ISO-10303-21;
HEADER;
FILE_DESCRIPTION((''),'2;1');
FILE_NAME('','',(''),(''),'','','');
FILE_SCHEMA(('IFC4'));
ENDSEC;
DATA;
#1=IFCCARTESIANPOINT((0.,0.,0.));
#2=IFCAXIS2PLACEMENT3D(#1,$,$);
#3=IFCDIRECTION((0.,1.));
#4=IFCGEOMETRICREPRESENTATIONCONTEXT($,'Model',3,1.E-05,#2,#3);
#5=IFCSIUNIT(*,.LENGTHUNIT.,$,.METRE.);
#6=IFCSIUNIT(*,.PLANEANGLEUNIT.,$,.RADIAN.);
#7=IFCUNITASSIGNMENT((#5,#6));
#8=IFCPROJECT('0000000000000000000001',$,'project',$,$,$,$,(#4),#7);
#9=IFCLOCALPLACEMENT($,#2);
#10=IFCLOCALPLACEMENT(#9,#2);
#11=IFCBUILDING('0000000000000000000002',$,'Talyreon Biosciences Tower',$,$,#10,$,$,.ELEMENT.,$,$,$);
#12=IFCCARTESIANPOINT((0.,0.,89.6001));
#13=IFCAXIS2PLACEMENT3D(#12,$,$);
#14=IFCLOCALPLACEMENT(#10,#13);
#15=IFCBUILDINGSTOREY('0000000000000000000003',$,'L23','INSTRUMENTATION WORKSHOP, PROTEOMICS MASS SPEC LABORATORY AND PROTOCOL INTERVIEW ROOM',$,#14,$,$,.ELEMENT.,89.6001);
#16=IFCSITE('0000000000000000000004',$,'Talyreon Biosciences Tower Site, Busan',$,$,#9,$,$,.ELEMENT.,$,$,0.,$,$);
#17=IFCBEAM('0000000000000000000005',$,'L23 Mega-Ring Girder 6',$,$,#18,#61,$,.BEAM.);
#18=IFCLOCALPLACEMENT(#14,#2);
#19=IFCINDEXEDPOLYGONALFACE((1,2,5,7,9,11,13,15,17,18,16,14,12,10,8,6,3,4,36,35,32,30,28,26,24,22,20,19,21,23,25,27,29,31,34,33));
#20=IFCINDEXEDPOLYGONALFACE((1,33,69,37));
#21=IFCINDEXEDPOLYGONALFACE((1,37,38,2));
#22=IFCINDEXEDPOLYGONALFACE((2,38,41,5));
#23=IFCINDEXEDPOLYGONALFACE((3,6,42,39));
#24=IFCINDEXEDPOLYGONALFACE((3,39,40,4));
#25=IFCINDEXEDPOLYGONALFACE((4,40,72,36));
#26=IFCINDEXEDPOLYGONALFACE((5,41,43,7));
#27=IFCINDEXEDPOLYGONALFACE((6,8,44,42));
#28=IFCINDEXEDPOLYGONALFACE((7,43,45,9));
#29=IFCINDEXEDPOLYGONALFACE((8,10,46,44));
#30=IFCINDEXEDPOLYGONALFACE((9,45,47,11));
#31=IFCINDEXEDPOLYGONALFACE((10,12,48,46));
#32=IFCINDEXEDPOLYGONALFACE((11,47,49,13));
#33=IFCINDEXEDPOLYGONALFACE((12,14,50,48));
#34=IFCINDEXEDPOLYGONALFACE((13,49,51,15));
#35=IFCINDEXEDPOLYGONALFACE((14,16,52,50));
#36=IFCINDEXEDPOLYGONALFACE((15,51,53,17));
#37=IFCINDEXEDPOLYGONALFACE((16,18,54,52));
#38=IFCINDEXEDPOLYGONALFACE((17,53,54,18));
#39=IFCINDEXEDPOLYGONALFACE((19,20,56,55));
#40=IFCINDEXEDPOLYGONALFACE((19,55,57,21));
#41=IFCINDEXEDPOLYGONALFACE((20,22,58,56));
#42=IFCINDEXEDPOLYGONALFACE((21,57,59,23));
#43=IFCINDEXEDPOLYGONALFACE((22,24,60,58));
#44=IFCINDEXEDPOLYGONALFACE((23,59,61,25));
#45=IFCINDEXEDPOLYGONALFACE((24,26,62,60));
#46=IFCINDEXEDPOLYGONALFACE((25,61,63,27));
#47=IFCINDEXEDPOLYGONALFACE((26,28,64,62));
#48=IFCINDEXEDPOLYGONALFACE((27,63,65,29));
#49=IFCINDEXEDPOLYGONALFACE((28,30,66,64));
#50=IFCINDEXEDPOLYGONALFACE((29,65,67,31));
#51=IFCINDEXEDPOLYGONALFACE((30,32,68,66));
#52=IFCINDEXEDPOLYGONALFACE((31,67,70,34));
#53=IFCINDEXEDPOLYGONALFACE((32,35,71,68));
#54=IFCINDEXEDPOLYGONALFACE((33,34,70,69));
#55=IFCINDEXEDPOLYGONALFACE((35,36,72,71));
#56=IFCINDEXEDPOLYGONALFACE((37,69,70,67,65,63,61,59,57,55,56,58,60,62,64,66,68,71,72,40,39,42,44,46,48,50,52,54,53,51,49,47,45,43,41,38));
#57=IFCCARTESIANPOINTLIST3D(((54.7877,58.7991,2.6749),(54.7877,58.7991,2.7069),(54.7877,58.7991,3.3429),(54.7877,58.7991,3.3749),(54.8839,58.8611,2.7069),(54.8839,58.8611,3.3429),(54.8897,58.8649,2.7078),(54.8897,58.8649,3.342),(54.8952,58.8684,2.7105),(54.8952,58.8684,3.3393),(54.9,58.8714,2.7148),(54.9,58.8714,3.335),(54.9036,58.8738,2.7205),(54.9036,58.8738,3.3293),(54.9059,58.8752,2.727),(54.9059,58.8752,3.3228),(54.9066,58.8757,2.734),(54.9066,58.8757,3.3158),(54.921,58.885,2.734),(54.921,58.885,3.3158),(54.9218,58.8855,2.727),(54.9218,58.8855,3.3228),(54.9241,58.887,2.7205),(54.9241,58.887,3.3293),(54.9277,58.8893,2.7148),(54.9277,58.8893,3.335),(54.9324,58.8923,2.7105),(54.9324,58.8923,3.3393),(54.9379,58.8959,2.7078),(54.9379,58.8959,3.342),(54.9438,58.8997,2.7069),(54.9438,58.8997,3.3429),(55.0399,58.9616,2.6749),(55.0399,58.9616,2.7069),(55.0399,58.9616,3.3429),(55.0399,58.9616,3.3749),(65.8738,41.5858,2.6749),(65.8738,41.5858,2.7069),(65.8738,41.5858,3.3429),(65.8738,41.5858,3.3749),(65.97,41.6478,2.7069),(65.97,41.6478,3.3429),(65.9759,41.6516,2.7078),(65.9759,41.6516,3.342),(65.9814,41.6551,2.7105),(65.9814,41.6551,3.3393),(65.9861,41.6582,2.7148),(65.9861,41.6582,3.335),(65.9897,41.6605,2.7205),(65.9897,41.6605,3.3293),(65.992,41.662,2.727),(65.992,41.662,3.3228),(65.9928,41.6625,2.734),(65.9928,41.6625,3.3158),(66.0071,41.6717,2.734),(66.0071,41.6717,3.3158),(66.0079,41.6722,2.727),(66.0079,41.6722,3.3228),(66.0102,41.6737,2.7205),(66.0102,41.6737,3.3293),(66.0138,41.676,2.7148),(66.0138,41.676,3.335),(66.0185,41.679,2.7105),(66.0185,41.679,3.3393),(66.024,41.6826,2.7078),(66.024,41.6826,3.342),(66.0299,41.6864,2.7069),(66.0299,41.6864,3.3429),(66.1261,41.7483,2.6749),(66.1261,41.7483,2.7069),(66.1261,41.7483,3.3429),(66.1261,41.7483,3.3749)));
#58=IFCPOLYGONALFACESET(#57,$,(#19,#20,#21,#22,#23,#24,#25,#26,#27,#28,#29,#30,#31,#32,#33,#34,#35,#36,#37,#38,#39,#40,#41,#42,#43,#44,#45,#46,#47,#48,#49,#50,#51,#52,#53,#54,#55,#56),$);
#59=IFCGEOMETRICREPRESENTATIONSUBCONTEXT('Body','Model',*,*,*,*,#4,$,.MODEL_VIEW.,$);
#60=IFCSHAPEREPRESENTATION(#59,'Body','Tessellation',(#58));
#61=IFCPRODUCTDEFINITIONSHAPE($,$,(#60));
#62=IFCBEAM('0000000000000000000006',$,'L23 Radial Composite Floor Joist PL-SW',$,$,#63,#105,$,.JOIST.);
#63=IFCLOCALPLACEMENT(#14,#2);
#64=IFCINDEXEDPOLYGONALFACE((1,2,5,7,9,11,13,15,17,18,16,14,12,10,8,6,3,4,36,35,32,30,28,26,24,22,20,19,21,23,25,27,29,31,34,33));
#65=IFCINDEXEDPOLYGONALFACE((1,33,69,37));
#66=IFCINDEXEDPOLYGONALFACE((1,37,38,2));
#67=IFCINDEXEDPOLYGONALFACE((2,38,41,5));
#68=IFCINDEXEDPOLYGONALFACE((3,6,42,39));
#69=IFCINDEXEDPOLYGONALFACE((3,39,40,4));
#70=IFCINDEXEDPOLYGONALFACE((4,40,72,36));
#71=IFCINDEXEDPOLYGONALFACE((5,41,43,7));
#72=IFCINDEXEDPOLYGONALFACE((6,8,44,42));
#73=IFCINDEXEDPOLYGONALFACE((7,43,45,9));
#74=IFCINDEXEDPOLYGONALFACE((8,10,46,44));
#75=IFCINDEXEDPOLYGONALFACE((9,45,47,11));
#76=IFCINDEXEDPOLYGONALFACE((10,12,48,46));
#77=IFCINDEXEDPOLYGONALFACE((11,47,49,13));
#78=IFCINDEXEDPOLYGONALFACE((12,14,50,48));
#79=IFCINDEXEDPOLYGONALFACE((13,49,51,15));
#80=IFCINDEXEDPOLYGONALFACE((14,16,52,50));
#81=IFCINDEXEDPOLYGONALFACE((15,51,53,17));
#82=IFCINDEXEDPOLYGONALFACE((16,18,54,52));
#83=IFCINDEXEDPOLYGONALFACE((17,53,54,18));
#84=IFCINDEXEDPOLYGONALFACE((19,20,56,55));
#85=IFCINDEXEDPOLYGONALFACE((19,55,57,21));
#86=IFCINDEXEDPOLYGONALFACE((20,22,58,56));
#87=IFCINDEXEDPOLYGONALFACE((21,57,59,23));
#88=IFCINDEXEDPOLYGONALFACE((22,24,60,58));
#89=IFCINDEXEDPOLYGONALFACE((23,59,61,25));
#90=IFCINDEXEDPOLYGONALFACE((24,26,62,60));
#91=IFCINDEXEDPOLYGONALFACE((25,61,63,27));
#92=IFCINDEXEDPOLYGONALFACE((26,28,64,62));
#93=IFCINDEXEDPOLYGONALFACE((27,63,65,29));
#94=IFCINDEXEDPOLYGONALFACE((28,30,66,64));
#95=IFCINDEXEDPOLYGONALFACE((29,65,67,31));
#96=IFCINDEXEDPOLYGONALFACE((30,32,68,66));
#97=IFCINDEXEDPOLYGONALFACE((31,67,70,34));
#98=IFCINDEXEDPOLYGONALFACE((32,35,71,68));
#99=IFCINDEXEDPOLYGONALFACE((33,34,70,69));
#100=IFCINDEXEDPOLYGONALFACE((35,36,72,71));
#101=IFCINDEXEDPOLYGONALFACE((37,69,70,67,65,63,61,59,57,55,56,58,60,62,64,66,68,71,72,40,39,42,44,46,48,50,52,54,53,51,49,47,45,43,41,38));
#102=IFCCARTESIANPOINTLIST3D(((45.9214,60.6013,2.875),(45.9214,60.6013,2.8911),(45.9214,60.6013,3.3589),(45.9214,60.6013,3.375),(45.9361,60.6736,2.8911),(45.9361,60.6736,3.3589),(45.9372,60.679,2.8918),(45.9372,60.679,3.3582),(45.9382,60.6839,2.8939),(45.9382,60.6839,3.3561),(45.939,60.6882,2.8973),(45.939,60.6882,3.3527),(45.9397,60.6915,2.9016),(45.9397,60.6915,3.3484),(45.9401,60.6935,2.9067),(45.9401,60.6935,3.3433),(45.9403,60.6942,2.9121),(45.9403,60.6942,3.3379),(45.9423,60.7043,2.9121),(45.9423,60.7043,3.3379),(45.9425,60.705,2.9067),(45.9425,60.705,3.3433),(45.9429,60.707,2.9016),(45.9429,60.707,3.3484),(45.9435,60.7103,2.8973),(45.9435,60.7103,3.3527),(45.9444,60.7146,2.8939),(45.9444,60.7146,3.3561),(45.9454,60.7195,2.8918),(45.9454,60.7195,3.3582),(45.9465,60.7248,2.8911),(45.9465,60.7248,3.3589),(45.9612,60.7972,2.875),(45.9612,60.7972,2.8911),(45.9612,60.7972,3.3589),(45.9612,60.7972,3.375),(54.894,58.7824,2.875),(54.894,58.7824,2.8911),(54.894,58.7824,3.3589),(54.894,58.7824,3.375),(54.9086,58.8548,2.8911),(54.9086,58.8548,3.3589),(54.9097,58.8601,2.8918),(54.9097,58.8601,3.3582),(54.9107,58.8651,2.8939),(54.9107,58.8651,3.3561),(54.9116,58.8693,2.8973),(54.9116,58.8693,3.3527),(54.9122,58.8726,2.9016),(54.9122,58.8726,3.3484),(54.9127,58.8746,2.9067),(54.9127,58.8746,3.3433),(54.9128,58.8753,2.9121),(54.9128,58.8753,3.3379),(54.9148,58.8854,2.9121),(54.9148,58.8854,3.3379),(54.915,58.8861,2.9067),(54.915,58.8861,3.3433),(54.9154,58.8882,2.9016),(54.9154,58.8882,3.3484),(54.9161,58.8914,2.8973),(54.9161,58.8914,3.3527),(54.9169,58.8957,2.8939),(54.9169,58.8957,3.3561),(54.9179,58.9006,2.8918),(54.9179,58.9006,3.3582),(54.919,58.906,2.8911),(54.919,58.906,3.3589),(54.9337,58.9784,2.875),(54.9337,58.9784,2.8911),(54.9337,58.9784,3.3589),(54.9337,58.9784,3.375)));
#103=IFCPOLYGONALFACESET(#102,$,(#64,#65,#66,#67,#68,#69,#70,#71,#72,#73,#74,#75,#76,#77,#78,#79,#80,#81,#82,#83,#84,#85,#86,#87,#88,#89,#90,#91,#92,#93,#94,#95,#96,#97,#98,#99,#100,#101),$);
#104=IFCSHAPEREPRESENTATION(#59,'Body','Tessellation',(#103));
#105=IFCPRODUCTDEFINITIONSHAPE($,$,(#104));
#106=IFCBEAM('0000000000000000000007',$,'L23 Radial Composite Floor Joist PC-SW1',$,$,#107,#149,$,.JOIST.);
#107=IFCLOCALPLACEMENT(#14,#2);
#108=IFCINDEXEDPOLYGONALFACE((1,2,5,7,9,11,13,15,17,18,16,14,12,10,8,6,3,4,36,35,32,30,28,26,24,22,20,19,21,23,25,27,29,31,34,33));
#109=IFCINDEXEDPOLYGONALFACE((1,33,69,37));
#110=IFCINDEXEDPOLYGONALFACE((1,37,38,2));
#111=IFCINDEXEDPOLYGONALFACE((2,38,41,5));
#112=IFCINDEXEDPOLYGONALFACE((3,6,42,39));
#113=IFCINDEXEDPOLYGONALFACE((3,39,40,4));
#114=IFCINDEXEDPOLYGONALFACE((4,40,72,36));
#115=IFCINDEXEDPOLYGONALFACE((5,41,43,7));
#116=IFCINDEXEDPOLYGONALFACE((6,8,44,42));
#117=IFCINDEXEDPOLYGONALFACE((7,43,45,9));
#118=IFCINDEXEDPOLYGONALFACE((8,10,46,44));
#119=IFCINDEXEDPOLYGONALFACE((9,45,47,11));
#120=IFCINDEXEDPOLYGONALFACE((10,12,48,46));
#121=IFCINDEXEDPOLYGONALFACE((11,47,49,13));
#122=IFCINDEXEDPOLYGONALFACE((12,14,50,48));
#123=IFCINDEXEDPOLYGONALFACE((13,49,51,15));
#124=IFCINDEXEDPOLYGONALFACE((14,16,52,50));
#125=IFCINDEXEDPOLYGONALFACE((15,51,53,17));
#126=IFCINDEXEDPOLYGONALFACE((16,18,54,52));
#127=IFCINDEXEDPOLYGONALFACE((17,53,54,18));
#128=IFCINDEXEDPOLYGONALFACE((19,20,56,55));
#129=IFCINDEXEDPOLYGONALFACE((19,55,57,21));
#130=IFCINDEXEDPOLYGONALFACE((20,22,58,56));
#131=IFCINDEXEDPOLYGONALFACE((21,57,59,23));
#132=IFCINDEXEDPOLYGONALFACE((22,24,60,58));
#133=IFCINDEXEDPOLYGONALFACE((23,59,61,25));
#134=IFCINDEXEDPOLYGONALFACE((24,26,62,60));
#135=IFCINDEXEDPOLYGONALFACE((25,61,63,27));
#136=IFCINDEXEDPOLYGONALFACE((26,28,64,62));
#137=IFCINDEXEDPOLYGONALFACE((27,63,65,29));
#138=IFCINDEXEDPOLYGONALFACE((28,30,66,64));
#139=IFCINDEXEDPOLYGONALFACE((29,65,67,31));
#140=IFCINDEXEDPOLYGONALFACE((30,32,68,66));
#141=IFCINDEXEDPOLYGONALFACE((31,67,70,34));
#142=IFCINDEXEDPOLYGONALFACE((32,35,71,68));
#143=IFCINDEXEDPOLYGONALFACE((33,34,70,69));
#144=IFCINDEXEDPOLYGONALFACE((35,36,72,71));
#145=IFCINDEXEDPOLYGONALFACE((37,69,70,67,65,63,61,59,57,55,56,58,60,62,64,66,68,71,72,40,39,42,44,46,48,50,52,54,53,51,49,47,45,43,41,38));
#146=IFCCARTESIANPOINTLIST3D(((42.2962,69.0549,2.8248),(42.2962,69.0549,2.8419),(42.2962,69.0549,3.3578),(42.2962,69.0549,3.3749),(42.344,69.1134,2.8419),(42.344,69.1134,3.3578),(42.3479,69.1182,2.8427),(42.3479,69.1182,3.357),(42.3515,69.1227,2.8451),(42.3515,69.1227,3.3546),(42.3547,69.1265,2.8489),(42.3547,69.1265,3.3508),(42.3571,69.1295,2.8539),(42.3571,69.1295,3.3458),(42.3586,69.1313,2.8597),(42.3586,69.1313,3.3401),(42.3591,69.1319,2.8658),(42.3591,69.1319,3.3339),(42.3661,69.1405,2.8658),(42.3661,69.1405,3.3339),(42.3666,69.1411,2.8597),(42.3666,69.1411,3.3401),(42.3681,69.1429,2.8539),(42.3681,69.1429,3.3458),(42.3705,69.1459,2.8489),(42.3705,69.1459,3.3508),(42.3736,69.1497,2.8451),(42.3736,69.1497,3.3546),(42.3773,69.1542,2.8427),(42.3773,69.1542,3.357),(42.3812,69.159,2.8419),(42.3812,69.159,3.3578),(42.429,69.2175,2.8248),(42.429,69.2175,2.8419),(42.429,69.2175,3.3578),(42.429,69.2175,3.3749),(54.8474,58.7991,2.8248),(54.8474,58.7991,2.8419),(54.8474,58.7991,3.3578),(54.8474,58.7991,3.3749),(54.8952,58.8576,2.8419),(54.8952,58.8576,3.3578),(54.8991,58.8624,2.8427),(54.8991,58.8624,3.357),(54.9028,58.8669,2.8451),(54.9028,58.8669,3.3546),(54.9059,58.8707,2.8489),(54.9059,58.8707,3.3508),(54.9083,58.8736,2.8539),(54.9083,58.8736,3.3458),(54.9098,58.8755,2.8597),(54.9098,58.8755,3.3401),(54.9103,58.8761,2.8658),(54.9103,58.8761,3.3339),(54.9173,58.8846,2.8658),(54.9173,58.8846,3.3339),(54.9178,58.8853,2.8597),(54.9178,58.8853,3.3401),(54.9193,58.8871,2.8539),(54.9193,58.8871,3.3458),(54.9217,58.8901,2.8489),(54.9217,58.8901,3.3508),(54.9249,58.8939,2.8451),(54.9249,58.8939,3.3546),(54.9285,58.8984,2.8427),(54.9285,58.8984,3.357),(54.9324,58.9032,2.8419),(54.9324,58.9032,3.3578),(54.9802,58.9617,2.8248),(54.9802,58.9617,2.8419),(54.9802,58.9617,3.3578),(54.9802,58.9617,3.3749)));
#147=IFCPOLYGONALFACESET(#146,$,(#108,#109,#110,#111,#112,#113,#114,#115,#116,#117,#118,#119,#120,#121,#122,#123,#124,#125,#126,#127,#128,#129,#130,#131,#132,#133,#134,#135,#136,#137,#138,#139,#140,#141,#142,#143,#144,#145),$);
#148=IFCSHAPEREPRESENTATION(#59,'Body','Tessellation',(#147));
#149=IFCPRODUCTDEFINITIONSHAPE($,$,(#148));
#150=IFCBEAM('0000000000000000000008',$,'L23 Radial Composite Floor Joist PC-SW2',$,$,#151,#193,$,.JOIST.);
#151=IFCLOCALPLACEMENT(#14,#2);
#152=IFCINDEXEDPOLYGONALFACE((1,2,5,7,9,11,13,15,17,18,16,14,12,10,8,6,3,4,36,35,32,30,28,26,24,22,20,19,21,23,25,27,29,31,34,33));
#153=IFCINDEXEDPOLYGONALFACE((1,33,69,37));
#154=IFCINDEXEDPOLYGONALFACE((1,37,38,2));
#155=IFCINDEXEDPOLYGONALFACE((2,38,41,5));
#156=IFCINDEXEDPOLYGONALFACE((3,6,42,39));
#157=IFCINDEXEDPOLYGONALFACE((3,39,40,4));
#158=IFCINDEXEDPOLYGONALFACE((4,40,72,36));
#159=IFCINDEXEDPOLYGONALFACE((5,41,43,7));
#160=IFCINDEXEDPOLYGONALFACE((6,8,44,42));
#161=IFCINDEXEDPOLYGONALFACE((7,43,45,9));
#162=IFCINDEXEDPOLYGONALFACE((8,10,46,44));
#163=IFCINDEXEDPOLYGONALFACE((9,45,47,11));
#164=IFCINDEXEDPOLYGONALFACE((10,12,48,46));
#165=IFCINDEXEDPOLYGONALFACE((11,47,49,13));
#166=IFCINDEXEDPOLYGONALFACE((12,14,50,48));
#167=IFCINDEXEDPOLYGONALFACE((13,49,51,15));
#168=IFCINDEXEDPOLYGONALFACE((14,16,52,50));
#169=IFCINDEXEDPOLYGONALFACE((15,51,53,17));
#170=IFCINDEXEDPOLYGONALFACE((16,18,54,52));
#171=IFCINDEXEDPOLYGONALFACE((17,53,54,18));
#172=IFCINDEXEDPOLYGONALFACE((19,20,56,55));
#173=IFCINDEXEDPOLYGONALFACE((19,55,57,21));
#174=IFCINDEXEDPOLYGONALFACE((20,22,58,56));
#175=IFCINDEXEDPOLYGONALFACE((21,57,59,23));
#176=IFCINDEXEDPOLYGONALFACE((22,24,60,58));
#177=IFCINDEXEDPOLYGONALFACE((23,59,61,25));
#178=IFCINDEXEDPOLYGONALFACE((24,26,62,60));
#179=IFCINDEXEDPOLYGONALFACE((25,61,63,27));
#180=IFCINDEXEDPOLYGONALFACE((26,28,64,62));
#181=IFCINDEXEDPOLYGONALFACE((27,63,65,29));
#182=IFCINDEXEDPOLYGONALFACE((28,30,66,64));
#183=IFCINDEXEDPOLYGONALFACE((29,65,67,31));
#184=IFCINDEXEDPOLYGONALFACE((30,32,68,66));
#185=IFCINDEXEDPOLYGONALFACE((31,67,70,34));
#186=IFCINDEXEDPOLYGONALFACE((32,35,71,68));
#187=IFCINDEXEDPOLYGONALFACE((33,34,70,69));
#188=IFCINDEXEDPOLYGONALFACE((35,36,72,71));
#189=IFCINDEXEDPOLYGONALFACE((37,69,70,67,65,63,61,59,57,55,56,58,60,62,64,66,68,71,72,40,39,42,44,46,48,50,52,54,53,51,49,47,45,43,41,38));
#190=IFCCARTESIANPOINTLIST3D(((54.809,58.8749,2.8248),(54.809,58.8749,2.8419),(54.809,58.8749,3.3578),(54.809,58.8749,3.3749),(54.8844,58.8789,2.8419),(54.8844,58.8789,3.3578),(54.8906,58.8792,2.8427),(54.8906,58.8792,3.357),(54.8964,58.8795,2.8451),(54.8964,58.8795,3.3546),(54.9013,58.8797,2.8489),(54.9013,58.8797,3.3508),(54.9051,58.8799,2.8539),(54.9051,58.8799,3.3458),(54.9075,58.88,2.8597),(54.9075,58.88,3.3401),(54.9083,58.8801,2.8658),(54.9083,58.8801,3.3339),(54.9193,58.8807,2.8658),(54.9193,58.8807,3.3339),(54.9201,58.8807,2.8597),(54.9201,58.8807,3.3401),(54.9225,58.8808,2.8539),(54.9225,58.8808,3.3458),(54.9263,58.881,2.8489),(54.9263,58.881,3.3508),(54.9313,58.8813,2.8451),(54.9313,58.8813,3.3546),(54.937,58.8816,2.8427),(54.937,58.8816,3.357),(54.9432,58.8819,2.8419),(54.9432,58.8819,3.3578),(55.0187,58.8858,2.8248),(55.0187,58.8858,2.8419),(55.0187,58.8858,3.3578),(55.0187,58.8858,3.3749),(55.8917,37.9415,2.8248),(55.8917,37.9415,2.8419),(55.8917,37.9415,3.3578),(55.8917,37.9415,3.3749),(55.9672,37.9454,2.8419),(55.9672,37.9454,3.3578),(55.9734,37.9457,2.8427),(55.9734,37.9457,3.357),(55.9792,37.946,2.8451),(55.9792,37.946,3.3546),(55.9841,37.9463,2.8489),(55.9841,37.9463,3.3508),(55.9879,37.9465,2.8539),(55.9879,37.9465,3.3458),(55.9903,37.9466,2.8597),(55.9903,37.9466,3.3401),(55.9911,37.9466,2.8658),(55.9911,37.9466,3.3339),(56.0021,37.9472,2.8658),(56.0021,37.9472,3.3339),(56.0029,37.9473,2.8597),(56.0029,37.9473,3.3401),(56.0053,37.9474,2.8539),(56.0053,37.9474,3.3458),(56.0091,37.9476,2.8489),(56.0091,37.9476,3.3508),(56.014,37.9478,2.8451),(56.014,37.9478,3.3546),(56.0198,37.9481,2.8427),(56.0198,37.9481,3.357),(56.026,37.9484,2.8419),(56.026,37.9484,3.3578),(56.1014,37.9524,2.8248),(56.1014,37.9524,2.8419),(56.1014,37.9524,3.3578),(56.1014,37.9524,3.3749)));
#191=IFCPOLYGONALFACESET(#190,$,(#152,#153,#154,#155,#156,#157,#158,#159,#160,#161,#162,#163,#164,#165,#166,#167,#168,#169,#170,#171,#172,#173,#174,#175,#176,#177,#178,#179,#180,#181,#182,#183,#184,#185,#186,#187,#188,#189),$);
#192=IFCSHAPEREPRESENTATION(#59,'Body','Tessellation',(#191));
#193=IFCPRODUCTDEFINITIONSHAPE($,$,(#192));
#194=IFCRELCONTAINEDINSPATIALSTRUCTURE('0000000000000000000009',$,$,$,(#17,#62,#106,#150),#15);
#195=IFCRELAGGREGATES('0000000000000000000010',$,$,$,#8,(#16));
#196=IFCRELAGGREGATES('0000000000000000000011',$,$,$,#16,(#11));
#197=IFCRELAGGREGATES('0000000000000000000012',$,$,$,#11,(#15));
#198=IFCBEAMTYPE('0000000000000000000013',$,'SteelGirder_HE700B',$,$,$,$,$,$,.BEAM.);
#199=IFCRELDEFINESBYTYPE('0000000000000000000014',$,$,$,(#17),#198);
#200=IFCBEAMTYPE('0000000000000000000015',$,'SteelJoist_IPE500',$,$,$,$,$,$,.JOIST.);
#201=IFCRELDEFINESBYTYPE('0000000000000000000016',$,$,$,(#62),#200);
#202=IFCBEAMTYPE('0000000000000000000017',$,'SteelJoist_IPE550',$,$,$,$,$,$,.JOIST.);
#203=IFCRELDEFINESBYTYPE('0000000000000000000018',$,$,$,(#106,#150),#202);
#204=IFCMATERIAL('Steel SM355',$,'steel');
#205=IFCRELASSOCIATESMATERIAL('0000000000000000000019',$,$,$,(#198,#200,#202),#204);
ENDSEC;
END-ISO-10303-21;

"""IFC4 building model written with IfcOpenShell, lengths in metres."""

from ifc_helpers import new_model, si_unit, direction, frame, origin, origin_2d, place, context, subcontext, project, spatial, i_section, extrude, material, material_profile, profile_set, type_object, element, save


model = new_model("IFC4")

# Units and contexts
model_context = context("Model", 3, precision=1e-05, world=origin(), true_north=direction((0.0, 1.0)))
body_context = subcontext(model_context, "Body", "Model", "MODEL_VIEW")
ifc_project = project(units=[si_unit("LENGTHUNIT", "METRE"), si_unit("PLANEANGLEUNIT", "RADIAN")], contexts=[model_context])

# Site, building, storey
site_placement = place(None, origin())
site = spatial("IfcSite", under=ifc_project, at=site_placement, Name="Talyreon Biosciences Tower Site, Busan", CompositionType="ELEMENT", RefElevation=0.0)
building_placement = place(site_placement, origin())
building = spatial("IfcBuilding", under=site, at=building_placement, Name="Talyreon Biosciences Tower", CompositionType="ELEMENT")
storey_placement = place(building_placement, frame((0.0, 0.0, 89.6001)))
storey = spatial("IfcBuildingStorey", under=building, at=storey_placement, Name="L23", Description="INSTRUMENTATION WORKSHOP, PROTEOMICS MASS SPEC LABORATORY AND PROTOCOL INTERVIEW ROOM", CompositionType="ELEMENT", Elevation=89.6001)

# Beams
ifc_material_1 = material(Name="Steel SM355", Category="steel")
ifc_material_profile_1 = material_profile(ifc_material_1, i_section(OverallWidth=0.3, OverallDepth=0.7, WebThickness=0.0171, FlangeThickness=0.032, FilletRadius=0.0271, at=origin_2d()), Name="HE700B")
ifc_profile_set_1 = profile_set([ifc_material_profile_1], Name="Steel SM355")
beam_type_1 = type_object("IfcBeamType", Name="SteelGirder_HE700B", PredefinedType="BEAM", material=ifc_profile_set_1)
beam_1_placement = place(storey_placement, frame((54.9138, 58.8804, 3.0249), z_axis=(0.541464, -0.840724, 0.0), x_axis=(0.840724, 0.541464, 0.0)))
element("IfcBeam", 1, at=beam_1_placement, inside=storey, type_object=beam_type_1, Name="L23 Mega-Ring Girder 6", PredefinedType="BEAM", context=body_context, shape_type="SweptSolid", body=[
    extrude(i_section(OverallWidth=0.3, OverallDepth=0.7, WebThickness=0.0171, FlangeThickness=0.032, FilletRadius=0.0271, at=origin_2d()), origin(), (0.0, 0.0, 1.0), 20.4744),
])
ifc_material_profile_2 = material_profile(ifc_material_1, i_section(OverallWidth=0.2, OverallDepth=0.5, WebThickness=0.0103, FlangeThickness=0.0161, FilletRadius=0.021, at=origin_2d()), Name="IPE500")
ifc_profile_set_2 = profile_set([ifc_material_profile_2], Name="Steel SM355")
beam_type_2 = type_object("IfcBeamType", Name="SteelJoist_IPE500", PredefinedType="JOIST", material=ifc_profile_set_2)
beam_2_placement = place(storey_placement, frame((54.9138, 58.8804, 3.125), z_axis=(-0.980066, 0.198675, 0.0), x_axis=(-0.198675, -0.980066, 0.0)))
element("IfcBeam", 2, at=beam_2_placement, inside=storey, type_object=beam_type_2, Name="L23 Radial Composite Floor Joist PL-SW", PredefinedType="JOIST", context=body_context, shape_type="SweptSolid", body=[
    extrude(i_section(OverallWidth=0.2, OverallDepth=0.5, WebThickness=0.0103, FlangeThickness=0.0161, FilletRadius=0.021, at=origin_2d()), origin(), (0.0, 0.0, 1.0), 9.155),
])
ifc_material_profile_3 = material_profile(ifc_material_1, i_section(OverallWidth=0.21, OverallDepth=0.55, WebThickness=0.011, FlangeThickness=0.0171, FilletRadius=0.0239, at=origin_2d()), Name="IPE550")
ifc_profile_set_3 = profile_set([ifc_material_profile_3], Name="Steel SM355")
beam_type_3 = type_object("IfcBeamType", Name="SteelJoist_IPE550", PredefinedType="JOIST", material=ifc_profile_set_3)
beam_3_placement = place(storey_placement, frame((54.9138, 58.8804, 3.0999), z_axis=(-0.774361, 0.632744, 0.0), x_axis=(-0.632744, -0.774361, 0.0)))
element("IfcBeam", 3, at=beam_3_placement, inside=storey, type_object=beam_type_3, Name="L23 Radial Composite Floor Joist PC-SW1", PredefinedType="JOIST", context=body_context, shape_type="SweptSolid", body=[
    extrude(i_section(OverallWidth=0.21, OverallDepth=0.55, WebThickness=0.011, FlangeThickness=0.0171, FilletRadius=0.0239, at=origin_2d()), origin(), (0.0, 0.0, 1.0), 16.2085),
])
beam_4_placement = place(storey_placement, frame((54.9138, 58.8804, 3.0999), z_axis=(0.051655, -0.998665, 0.0), x_axis=(0.998665, 0.051655, 0.0)))
element("IfcBeam", 4, at=beam_4_placement, inside=storey, type_object=beam_type_3, Name="L23 Radial Composite Floor Joist PC-SW2", PredefinedType="JOIST", context=body_context, shape_type="SweptSolid", body=[
    extrude(i_section(OverallWidth=0.21, OverallDepth=0.55, WebThickness=0.011, FlangeThickness=0.0171, FilletRadius=0.0239, at=origin_2d()), origin(), (0.0, 0.0, 1.0), 20.9614),
])

save(model, "model.ifc")
